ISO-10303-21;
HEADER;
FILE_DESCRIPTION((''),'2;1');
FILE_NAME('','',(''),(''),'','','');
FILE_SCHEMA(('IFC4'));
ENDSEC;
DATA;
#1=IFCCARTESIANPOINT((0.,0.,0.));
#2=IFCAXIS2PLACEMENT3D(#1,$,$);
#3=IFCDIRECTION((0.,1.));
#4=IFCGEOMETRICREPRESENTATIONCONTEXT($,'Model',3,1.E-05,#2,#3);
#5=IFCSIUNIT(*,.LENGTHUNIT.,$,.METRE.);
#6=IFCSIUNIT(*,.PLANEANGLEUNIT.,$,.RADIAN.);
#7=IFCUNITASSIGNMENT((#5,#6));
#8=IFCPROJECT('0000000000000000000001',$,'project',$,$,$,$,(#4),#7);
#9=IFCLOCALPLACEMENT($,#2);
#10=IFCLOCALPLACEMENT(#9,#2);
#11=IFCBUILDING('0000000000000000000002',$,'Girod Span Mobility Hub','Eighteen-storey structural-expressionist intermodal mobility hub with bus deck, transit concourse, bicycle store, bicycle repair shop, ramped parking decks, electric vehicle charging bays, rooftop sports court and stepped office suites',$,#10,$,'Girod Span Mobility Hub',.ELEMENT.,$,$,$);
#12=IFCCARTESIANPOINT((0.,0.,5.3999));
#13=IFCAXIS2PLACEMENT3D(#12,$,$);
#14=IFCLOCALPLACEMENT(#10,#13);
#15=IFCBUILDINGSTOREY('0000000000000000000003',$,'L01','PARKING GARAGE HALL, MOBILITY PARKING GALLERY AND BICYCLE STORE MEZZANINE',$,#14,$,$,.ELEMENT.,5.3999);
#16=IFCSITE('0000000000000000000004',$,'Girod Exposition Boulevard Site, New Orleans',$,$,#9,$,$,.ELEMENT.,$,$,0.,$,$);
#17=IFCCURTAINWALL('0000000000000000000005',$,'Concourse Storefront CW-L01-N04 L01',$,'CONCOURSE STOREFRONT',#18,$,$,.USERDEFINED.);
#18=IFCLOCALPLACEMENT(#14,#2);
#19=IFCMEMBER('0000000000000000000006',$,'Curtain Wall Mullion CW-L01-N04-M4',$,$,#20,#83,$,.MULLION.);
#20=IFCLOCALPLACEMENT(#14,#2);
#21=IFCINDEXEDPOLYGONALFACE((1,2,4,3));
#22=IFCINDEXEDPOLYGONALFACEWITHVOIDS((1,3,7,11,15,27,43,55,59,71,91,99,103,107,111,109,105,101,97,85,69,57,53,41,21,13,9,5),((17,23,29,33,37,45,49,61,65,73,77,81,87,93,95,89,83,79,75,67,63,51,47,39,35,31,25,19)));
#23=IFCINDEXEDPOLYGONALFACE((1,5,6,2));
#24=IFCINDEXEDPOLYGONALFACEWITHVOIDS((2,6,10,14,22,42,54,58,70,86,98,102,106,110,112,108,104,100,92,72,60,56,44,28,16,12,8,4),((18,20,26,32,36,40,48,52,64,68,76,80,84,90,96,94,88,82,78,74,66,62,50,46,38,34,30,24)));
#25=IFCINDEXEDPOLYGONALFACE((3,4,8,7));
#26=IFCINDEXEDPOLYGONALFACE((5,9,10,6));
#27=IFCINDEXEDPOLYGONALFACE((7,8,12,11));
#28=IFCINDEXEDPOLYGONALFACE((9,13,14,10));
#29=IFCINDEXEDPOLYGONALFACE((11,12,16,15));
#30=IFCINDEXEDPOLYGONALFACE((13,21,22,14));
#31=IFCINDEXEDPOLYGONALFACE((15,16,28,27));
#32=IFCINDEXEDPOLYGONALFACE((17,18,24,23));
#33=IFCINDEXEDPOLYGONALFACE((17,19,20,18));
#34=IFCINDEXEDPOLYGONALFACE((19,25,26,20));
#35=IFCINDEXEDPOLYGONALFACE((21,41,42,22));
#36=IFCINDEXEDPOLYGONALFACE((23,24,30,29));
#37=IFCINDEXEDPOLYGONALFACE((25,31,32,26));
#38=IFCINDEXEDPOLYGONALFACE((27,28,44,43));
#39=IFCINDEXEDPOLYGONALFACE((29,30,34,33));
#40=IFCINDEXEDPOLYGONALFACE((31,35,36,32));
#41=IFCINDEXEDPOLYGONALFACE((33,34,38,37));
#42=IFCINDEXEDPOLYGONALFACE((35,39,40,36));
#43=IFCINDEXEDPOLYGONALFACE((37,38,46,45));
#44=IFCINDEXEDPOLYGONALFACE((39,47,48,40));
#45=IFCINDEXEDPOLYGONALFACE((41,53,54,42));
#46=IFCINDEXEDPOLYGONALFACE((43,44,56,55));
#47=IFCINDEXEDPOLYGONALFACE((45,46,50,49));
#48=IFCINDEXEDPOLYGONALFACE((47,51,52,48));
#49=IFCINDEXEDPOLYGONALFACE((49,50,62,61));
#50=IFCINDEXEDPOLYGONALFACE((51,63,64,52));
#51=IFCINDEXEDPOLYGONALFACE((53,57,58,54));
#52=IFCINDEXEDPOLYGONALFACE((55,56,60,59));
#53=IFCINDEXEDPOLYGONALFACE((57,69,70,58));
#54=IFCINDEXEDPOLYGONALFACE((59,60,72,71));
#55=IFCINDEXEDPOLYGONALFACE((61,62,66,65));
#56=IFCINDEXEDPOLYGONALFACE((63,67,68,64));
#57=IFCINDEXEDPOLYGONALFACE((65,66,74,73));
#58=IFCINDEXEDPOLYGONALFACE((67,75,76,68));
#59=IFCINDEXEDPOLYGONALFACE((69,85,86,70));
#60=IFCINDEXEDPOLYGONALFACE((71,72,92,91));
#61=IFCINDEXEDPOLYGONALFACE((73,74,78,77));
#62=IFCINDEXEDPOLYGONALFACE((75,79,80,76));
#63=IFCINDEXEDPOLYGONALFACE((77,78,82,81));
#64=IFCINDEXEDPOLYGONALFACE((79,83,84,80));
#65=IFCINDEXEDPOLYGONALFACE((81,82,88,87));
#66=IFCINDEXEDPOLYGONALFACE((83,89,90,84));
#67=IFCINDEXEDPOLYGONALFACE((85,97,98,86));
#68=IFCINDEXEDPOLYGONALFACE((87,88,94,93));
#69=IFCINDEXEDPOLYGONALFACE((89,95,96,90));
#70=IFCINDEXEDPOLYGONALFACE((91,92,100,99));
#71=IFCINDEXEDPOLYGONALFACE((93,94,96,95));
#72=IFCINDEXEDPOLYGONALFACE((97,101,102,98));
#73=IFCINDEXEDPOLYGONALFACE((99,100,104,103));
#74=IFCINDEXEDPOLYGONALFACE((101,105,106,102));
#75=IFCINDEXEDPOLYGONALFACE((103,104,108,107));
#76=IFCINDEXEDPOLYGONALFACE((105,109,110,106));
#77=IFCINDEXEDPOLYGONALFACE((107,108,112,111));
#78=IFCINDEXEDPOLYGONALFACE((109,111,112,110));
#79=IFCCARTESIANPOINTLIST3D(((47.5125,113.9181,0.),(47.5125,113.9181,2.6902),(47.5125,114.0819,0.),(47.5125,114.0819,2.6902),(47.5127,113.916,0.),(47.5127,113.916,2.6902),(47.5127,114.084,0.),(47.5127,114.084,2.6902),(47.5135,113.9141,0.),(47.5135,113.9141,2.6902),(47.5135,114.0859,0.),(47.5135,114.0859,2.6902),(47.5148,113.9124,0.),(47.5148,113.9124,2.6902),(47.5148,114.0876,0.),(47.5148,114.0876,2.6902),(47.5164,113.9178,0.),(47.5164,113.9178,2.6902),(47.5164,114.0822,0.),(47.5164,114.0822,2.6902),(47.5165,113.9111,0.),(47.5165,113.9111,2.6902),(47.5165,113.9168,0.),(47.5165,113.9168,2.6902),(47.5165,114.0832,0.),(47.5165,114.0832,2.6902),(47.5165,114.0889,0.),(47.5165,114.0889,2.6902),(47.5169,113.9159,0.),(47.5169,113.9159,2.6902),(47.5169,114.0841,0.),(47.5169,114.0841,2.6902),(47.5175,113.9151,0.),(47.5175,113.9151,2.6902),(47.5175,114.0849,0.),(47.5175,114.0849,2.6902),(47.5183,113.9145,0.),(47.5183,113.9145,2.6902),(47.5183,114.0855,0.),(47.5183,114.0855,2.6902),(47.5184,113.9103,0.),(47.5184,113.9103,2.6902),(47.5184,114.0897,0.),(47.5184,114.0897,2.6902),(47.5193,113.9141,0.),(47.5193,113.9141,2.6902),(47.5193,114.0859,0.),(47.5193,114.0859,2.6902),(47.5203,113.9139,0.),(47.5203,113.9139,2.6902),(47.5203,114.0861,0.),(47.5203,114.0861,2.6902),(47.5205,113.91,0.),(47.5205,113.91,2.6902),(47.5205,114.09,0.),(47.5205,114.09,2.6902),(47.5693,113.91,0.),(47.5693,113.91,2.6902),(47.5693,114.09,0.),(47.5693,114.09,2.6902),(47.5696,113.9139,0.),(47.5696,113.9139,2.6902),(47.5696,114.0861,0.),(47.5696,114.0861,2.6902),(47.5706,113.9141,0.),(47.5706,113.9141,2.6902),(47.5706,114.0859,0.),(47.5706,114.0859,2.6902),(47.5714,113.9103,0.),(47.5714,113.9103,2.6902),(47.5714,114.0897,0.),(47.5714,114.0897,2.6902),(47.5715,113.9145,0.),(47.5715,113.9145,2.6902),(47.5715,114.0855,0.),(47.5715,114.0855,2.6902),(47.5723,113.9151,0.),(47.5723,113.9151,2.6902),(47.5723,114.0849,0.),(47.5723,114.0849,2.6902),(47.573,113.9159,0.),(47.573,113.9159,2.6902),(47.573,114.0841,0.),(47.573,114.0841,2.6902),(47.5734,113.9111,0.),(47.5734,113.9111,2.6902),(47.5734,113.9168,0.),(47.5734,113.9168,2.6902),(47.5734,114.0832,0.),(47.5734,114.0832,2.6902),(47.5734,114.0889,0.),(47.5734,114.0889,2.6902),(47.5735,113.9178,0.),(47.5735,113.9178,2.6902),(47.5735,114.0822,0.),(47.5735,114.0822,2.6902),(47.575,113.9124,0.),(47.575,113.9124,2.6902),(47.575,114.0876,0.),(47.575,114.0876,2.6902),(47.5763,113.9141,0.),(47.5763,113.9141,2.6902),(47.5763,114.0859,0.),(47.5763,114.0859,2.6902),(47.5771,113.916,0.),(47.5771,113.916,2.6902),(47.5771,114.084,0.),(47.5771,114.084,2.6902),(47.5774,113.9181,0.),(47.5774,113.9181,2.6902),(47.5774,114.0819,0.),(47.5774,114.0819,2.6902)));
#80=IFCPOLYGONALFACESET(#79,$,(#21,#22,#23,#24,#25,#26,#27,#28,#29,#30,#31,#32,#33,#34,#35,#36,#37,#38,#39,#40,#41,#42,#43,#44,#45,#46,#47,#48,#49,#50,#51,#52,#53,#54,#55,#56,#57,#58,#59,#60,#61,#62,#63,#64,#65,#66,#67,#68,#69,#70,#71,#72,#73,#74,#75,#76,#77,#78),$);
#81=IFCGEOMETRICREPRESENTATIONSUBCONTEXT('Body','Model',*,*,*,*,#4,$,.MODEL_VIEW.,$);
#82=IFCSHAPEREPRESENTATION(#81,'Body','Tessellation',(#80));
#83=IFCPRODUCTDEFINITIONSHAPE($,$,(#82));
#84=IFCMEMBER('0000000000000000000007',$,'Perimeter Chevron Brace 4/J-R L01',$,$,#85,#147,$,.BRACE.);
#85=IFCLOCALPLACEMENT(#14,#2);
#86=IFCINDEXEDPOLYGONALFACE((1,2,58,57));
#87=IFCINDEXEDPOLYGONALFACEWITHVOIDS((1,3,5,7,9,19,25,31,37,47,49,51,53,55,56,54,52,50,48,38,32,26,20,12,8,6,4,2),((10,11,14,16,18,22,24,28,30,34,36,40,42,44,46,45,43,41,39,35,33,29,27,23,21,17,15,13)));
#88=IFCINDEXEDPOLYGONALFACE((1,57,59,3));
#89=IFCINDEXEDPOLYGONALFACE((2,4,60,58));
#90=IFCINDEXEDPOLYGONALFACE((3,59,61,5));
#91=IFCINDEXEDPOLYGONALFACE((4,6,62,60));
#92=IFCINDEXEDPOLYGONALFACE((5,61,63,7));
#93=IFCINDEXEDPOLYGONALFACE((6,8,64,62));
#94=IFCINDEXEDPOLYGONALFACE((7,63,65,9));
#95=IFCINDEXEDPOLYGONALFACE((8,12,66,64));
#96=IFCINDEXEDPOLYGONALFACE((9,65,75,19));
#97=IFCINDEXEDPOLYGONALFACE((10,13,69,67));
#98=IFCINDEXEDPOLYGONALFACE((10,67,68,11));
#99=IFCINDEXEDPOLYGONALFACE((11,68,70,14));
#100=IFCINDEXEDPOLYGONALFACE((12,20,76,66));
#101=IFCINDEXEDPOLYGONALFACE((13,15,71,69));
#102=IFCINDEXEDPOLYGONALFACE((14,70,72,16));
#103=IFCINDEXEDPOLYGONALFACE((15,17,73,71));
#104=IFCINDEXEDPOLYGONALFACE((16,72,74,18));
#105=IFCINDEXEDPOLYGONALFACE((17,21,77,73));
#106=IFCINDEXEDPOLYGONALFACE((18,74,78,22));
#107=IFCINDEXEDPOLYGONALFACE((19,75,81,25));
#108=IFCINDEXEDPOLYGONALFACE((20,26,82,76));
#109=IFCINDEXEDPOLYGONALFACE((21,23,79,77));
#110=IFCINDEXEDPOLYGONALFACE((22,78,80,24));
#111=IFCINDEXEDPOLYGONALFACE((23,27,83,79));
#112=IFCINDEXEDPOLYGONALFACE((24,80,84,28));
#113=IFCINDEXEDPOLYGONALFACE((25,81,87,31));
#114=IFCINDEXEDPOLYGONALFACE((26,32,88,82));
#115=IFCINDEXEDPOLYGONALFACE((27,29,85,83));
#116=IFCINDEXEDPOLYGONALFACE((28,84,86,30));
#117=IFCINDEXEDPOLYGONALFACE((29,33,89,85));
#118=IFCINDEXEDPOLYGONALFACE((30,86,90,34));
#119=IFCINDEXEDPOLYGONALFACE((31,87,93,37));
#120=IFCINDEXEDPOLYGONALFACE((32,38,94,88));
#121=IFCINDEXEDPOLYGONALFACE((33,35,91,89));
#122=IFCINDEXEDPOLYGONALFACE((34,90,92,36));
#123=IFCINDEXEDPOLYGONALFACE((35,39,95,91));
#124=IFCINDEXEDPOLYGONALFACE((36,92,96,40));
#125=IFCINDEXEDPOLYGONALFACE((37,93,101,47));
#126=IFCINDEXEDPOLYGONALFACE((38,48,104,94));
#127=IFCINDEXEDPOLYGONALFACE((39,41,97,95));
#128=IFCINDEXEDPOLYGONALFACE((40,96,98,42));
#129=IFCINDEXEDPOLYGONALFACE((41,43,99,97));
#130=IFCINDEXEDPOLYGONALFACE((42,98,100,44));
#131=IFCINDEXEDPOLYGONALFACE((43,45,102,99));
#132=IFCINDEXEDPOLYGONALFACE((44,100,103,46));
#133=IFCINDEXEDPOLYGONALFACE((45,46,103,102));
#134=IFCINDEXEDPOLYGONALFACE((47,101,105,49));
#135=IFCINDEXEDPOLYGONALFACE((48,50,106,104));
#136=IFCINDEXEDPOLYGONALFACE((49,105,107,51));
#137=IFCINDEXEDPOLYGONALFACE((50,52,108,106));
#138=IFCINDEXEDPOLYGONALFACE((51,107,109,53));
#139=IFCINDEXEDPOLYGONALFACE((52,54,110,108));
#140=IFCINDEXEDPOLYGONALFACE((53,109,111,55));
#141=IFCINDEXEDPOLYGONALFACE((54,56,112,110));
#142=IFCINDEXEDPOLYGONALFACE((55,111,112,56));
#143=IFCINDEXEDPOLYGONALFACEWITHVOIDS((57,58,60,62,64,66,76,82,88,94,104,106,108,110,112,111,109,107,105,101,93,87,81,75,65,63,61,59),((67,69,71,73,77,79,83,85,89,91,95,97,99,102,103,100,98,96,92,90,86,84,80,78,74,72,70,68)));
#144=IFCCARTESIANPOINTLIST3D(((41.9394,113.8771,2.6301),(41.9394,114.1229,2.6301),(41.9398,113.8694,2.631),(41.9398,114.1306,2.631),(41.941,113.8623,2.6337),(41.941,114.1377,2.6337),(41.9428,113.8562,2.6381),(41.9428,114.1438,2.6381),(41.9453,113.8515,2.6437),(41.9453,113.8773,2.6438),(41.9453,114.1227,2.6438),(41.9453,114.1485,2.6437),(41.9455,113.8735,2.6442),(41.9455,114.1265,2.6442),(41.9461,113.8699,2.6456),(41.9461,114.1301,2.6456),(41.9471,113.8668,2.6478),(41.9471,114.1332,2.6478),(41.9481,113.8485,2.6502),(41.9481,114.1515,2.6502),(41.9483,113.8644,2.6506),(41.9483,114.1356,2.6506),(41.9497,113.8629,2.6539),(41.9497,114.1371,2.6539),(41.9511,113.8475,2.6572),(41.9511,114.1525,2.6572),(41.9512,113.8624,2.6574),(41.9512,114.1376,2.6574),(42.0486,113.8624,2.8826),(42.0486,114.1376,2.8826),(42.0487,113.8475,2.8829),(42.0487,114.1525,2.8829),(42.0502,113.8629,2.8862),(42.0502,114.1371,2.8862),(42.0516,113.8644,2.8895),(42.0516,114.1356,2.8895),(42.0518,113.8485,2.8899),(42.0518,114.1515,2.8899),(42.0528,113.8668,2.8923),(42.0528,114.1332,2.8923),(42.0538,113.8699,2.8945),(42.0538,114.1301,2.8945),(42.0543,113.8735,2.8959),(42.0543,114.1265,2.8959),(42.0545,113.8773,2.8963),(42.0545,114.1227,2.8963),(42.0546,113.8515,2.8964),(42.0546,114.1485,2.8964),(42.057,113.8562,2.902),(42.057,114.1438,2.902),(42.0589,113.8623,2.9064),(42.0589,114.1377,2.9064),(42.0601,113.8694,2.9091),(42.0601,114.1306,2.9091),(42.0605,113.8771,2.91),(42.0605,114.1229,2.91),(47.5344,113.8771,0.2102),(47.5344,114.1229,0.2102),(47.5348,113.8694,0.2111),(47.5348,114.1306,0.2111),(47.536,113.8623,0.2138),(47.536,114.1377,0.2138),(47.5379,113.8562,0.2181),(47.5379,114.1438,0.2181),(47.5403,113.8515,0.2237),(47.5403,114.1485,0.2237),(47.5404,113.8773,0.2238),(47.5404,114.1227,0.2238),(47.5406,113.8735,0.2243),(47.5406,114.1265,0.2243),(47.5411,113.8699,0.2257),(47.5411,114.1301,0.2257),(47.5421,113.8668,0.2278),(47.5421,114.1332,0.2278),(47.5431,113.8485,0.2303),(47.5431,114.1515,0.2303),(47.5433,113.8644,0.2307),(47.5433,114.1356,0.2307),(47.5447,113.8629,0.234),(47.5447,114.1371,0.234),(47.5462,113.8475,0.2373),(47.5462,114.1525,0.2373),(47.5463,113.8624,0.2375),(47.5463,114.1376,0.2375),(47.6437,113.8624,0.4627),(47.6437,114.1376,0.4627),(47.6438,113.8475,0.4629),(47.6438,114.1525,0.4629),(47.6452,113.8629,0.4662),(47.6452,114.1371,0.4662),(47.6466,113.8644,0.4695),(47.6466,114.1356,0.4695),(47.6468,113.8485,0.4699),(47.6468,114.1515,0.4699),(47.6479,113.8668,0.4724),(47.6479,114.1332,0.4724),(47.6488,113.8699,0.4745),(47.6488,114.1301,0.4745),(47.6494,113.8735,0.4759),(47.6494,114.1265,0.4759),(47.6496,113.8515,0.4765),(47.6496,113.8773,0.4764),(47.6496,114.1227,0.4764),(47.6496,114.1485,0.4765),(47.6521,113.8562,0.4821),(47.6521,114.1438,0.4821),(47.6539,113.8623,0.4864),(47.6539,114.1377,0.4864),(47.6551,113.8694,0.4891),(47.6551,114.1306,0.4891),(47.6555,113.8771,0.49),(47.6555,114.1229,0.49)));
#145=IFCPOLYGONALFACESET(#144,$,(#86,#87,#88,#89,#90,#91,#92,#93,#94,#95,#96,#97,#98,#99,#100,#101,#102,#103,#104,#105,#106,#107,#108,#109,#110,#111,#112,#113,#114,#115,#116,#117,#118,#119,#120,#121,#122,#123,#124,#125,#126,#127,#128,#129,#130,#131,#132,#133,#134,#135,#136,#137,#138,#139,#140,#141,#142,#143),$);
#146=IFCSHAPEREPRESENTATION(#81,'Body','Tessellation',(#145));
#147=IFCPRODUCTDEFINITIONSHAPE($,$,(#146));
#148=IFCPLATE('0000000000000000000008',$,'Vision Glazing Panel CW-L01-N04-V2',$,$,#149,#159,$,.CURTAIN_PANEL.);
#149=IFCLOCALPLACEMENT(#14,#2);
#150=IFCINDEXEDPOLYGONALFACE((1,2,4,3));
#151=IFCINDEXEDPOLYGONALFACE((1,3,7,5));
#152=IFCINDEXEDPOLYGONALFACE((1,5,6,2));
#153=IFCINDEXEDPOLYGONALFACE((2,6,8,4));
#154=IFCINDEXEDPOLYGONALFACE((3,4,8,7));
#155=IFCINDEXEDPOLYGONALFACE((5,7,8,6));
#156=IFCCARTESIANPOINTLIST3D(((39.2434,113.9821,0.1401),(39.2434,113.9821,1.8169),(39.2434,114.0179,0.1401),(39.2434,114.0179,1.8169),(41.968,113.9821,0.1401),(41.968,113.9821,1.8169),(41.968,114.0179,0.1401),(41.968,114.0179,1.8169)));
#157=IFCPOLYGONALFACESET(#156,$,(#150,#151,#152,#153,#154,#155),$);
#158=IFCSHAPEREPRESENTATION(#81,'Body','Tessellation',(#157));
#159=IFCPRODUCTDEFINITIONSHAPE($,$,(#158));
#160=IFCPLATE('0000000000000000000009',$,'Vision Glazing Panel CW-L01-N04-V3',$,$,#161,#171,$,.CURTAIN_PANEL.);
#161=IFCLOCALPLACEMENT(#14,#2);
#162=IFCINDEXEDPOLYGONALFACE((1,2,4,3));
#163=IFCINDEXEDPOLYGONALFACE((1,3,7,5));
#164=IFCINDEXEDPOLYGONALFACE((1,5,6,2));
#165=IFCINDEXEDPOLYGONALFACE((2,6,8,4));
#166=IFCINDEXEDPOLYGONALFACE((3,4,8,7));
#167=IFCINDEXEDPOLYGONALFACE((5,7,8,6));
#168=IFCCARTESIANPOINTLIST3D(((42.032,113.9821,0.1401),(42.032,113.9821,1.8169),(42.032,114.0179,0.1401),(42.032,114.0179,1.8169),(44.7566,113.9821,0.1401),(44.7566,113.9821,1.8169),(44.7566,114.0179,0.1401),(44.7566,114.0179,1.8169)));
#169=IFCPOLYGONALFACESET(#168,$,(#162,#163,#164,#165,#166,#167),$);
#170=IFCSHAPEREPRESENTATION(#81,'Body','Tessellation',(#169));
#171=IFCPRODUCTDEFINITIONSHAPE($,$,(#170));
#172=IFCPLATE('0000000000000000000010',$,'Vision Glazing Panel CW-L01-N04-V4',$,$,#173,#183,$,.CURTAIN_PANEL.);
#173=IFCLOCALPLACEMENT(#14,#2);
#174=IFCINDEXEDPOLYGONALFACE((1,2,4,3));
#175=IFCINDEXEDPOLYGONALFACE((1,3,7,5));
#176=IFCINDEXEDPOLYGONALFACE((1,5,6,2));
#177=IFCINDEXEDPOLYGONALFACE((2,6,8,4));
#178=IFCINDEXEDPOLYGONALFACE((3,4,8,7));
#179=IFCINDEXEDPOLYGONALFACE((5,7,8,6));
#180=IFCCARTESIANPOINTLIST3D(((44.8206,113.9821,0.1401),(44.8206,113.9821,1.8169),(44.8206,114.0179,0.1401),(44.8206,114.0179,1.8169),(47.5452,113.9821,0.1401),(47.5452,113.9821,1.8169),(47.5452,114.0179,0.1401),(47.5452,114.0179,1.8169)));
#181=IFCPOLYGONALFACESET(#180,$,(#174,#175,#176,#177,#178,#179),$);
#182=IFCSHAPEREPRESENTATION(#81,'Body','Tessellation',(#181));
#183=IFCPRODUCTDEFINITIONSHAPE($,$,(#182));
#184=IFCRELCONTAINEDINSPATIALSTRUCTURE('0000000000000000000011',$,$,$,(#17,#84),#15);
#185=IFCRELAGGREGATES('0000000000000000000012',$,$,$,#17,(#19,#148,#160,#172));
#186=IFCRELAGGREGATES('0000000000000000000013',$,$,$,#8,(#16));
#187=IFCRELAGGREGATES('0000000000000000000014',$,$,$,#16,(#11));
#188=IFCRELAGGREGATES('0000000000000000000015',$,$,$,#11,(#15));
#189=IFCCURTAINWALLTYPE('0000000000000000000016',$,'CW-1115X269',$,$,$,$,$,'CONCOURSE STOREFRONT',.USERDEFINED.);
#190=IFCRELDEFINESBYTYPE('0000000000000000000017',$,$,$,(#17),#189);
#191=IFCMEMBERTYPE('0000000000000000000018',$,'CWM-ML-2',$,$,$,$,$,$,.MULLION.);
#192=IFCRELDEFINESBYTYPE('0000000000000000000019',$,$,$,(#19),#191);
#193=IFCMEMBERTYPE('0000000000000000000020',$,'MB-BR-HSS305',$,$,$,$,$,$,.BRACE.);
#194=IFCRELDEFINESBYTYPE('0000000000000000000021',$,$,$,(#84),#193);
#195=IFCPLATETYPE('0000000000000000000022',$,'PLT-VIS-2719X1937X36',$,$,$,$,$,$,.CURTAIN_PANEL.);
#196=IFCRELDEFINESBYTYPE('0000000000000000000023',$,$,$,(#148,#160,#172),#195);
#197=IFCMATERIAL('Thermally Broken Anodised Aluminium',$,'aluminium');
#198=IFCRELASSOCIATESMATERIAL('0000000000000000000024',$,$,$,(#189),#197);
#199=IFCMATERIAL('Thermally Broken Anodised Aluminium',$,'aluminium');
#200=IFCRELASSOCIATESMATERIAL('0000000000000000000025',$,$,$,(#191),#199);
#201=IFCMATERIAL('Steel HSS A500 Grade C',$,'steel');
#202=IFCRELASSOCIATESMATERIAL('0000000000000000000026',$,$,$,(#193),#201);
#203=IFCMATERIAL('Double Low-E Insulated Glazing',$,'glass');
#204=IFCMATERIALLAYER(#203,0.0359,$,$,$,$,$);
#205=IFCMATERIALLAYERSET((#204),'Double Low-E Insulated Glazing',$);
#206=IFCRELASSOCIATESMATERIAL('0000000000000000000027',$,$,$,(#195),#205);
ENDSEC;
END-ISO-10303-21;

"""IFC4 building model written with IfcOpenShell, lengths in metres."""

from ifc_helpers import new_model, si_unit, direction, frame, origin, origin_2d, place, context, subcontext, project, spatial, rectangle, hollow_rectangle, extrude, material, layer, layer_set, material_profile, profile_set, type_object, element, aggregate, save


model = new_model("IFC4")

# Units and contexts
model_context = context("Model", 3, precision=1e-05, world=origin(), true_north=direction((0.0, 1.0)))
body_context = subcontext(model_context, "Body", "Model", "MODEL_VIEW")
ifc_project = project(units=[si_unit("LENGTHUNIT", "METRE"), si_unit("PLANEANGLEUNIT", "RADIAN")], contexts=[model_context])

# Site, building, storey
site_placement = place(None, origin())
site = spatial("IfcSite", under=ifc_project, at=site_placement, Name="Girod Exposition Boulevard Site, New Orleans", CompositionType="ELEMENT", RefElevation=0.0)
building_placement = place(site_placement, origin())
building = spatial("IfcBuilding", under=site, at=building_placement, Name="Girod Span Mobility Hub", Description="Eighteen-storey structural-expressionist intermodal mobility hub with bus deck, transit concourse, bicycle store, bicycle repair shop, ramped parking decks, electric vehicle charging bays, rooftop sports court and stepped office suites", LongName="Girod Span Mobility Hub", CompositionType="ELEMENT")
storey_placement = place(building_placement, frame((0.0, 0.0, 5.3999)))
storey = spatial("IfcBuildingStorey", under=building, at=storey_placement, Name="L01", Description="PARKING GARAGE HALL, MOBILITY PARKING GALLERY AND BICYCLE STORE MEZZANINE", CompositionType="ELEMENT", Elevation=5.3999)

# Curtain wall, member
ifc_material_1 = material(Name="Thermally Broken Anodised Aluminium", Category="aluminium")
curtain_wall_type = type_object("IfcCurtainWallType", Name="CW-1115X269", ElementType="CONCOURSE STOREFRONT", PredefinedType="USERDEFINED", material=ifc_material_1)
curtain_wall_placement = place(storey_placement, origin())
curtain_wall = element("IfcCurtainWall", 1, at=curtain_wall_placement, inside=storey, type_object=curtain_wall_type, Name="Concourse Storefront CW-L01-N04 L01", ObjectType="CONCOURSE STOREFRONT", PredefinedType="USERDEFINED")
ifc_material_2 = material(Name="Thermally Broken Anodised Aluminium", Category="aluminium")
ifc_material_profile_1 = material_profile(ifc_material_2, hollow_rectangle(XDim=0.1799, YDim=0.0649, WallThickness=0.0039, InnerFilletRadius=0.0039, OuterFilletRadius=0.0081, at=origin_2d()), Name="CW-ML-65X180")
ifc_profile_set_1 = profile_set([ifc_material_profile_1], Name="Thermally Broken Anodised Aluminium")
member_type_1 = type_object("IfcMemberType", Name="CWM-ML-2", PredefinedType="MULLION", material=ifc_profile_set_1)
member_1_placement = place(storey_placement, frame((47.5449, 114.0, 0.0), z_axis=(0.0, 0.0, 1.0), x_axis=(0.0, 1.0, 0.0)))
member_1 = element("IfcMember", 2, at=member_1_placement, type_object=member_type_1, Name="Curtain Wall Mullion CW-L01-N04-M4", PredefinedType="MULLION", context=body_context, shape_type="SweptSolid", body=[
    extrude(hollow_rectangle(XDim=0.1799, YDim=0.0649, WallThickness=0.0039, InnerFilletRadius=0.0039, OuterFilletRadius=0.0081, at=origin_2d()), origin(), (0.0, 0.0, 1.0), 2.6902),
])

# Member
ifc_material_3 = material(Name="Steel HSS A500 Grade C", Category="steel")
ifc_material_profile_2 = material_profile(ifc_material_3, hollow_rectangle(XDim=0.3049, YDim=0.3049, WallThickness=0.0149, InnerFilletRadius=0.0149, OuterFilletRadius=0.0295, at=origin_2d()), Name="HSS305X305X16")
ifc_profile_set_2 = profile_set([ifc_material_profile_2], Name="Steel HSS A500 Grade C")
member_type_2 = type_object("IfcMemberType", Name="MB-BR-HSS305", PredefinedType="BRACE", material=ifc_profile_set_2)
member_2_placement = place(storey_placement, frame((47.595, 114.0, 0.3501), z_axis=(-0.917829, 0.0, 0.396977), x_axis=(0.0, -1.0, 0.0)))
element("IfcMember", 3, at=member_2_placement, inside=storey, type_object=member_type_2, Name="Perimeter Chevron Brace 4/J-R L01", PredefinedType="BRACE", context=body_context, shape_type="SweptSolid", body=[
    extrude(hollow_rectangle(XDim=0.3049, YDim=0.3049, WallThickness=0.0149, InnerFilletRadius=0.0149, OuterFilletRadius=0.0295, at=origin_2d()), origin(), (0.0, 0.0, 1.0), 6.0959),
])

# Plates
ifc_material_4 = material(Name="Double Low-E Insulated Glazing", Category="glass")
ifc_layer_1 = layer(ifc_material_4, 0.0359)
ifc_layer_set_1 = layer_set([ifc_layer_1], Name="Double Low-E Insulated Glazing")
plate_type = type_object("IfcPlateType", Name="PLT-VIS-2719X1937X36", PredefinedType="CURTAIN_PANEL", material=ifc_layer_set_1)
plate_1_placement = place(storey_placement, frame((40.6057, 114.0, 0.1401), z_axis=(0.0, 0.0, 1.0), x_axis=(1.0, 0.0, 0.0)))
plate_1 = element("IfcPlate", 4, at=plate_1_placement, type_object=plate_type, Name="Vision Glazing Panel CW-L01-N04-V2", PredefinedType="CURTAIN_PANEL", context=body_context, shape_type="SweptSolid", body=[
    extrude(rectangle(XDim=2.7246, YDim=0.0359, at=origin_2d()), origin(), (0.0, 0.0, 1.0), 1.6768),
])
plate_2_placement = place(storey_placement, frame((43.3943, 114.0, 0.1401), z_axis=(0.0, 0.0, 1.0), x_axis=(1.0, 0.0, 0.0)))
plate_2 = element("IfcPlate", 5, at=plate_2_placement, type_object=plate_type, Name="Vision Glazing Panel CW-L01-N04-V3", PredefinedType="CURTAIN_PANEL", context=body_context, shape_type="SweptSolid", body=[
    extrude(rectangle(XDim=2.7246, YDim=0.0359, at=origin_2d()), origin(), (0.0, 0.0, 1.0), 1.6768),
])
plate_3_placement = place(storey_placement, frame((46.1829, 114.0, 0.1401), z_axis=(0.0, 0.0, 1.0), x_axis=(1.0, 0.0, 0.0)))
plate_3 = element("IfcPlate", 6, at=plate_3_placement, type_object=plate_type, Name="Vision Glazing Panel CW-L01-N04-V4", PredefinedType="CURTAIN_PANEL", context=body_context, shape_type="SweptSolid", body=[
    extrude(rectangle(XDim=2.7246, YDim=0.0359, at=origin_2d()), origin(), (0.0, 0.0, 1.0), 1.6768),
])
aggregate(curtain_wall, [member_1, plate_1, plate_2, plate_3])

save(model, "model.ifc")
